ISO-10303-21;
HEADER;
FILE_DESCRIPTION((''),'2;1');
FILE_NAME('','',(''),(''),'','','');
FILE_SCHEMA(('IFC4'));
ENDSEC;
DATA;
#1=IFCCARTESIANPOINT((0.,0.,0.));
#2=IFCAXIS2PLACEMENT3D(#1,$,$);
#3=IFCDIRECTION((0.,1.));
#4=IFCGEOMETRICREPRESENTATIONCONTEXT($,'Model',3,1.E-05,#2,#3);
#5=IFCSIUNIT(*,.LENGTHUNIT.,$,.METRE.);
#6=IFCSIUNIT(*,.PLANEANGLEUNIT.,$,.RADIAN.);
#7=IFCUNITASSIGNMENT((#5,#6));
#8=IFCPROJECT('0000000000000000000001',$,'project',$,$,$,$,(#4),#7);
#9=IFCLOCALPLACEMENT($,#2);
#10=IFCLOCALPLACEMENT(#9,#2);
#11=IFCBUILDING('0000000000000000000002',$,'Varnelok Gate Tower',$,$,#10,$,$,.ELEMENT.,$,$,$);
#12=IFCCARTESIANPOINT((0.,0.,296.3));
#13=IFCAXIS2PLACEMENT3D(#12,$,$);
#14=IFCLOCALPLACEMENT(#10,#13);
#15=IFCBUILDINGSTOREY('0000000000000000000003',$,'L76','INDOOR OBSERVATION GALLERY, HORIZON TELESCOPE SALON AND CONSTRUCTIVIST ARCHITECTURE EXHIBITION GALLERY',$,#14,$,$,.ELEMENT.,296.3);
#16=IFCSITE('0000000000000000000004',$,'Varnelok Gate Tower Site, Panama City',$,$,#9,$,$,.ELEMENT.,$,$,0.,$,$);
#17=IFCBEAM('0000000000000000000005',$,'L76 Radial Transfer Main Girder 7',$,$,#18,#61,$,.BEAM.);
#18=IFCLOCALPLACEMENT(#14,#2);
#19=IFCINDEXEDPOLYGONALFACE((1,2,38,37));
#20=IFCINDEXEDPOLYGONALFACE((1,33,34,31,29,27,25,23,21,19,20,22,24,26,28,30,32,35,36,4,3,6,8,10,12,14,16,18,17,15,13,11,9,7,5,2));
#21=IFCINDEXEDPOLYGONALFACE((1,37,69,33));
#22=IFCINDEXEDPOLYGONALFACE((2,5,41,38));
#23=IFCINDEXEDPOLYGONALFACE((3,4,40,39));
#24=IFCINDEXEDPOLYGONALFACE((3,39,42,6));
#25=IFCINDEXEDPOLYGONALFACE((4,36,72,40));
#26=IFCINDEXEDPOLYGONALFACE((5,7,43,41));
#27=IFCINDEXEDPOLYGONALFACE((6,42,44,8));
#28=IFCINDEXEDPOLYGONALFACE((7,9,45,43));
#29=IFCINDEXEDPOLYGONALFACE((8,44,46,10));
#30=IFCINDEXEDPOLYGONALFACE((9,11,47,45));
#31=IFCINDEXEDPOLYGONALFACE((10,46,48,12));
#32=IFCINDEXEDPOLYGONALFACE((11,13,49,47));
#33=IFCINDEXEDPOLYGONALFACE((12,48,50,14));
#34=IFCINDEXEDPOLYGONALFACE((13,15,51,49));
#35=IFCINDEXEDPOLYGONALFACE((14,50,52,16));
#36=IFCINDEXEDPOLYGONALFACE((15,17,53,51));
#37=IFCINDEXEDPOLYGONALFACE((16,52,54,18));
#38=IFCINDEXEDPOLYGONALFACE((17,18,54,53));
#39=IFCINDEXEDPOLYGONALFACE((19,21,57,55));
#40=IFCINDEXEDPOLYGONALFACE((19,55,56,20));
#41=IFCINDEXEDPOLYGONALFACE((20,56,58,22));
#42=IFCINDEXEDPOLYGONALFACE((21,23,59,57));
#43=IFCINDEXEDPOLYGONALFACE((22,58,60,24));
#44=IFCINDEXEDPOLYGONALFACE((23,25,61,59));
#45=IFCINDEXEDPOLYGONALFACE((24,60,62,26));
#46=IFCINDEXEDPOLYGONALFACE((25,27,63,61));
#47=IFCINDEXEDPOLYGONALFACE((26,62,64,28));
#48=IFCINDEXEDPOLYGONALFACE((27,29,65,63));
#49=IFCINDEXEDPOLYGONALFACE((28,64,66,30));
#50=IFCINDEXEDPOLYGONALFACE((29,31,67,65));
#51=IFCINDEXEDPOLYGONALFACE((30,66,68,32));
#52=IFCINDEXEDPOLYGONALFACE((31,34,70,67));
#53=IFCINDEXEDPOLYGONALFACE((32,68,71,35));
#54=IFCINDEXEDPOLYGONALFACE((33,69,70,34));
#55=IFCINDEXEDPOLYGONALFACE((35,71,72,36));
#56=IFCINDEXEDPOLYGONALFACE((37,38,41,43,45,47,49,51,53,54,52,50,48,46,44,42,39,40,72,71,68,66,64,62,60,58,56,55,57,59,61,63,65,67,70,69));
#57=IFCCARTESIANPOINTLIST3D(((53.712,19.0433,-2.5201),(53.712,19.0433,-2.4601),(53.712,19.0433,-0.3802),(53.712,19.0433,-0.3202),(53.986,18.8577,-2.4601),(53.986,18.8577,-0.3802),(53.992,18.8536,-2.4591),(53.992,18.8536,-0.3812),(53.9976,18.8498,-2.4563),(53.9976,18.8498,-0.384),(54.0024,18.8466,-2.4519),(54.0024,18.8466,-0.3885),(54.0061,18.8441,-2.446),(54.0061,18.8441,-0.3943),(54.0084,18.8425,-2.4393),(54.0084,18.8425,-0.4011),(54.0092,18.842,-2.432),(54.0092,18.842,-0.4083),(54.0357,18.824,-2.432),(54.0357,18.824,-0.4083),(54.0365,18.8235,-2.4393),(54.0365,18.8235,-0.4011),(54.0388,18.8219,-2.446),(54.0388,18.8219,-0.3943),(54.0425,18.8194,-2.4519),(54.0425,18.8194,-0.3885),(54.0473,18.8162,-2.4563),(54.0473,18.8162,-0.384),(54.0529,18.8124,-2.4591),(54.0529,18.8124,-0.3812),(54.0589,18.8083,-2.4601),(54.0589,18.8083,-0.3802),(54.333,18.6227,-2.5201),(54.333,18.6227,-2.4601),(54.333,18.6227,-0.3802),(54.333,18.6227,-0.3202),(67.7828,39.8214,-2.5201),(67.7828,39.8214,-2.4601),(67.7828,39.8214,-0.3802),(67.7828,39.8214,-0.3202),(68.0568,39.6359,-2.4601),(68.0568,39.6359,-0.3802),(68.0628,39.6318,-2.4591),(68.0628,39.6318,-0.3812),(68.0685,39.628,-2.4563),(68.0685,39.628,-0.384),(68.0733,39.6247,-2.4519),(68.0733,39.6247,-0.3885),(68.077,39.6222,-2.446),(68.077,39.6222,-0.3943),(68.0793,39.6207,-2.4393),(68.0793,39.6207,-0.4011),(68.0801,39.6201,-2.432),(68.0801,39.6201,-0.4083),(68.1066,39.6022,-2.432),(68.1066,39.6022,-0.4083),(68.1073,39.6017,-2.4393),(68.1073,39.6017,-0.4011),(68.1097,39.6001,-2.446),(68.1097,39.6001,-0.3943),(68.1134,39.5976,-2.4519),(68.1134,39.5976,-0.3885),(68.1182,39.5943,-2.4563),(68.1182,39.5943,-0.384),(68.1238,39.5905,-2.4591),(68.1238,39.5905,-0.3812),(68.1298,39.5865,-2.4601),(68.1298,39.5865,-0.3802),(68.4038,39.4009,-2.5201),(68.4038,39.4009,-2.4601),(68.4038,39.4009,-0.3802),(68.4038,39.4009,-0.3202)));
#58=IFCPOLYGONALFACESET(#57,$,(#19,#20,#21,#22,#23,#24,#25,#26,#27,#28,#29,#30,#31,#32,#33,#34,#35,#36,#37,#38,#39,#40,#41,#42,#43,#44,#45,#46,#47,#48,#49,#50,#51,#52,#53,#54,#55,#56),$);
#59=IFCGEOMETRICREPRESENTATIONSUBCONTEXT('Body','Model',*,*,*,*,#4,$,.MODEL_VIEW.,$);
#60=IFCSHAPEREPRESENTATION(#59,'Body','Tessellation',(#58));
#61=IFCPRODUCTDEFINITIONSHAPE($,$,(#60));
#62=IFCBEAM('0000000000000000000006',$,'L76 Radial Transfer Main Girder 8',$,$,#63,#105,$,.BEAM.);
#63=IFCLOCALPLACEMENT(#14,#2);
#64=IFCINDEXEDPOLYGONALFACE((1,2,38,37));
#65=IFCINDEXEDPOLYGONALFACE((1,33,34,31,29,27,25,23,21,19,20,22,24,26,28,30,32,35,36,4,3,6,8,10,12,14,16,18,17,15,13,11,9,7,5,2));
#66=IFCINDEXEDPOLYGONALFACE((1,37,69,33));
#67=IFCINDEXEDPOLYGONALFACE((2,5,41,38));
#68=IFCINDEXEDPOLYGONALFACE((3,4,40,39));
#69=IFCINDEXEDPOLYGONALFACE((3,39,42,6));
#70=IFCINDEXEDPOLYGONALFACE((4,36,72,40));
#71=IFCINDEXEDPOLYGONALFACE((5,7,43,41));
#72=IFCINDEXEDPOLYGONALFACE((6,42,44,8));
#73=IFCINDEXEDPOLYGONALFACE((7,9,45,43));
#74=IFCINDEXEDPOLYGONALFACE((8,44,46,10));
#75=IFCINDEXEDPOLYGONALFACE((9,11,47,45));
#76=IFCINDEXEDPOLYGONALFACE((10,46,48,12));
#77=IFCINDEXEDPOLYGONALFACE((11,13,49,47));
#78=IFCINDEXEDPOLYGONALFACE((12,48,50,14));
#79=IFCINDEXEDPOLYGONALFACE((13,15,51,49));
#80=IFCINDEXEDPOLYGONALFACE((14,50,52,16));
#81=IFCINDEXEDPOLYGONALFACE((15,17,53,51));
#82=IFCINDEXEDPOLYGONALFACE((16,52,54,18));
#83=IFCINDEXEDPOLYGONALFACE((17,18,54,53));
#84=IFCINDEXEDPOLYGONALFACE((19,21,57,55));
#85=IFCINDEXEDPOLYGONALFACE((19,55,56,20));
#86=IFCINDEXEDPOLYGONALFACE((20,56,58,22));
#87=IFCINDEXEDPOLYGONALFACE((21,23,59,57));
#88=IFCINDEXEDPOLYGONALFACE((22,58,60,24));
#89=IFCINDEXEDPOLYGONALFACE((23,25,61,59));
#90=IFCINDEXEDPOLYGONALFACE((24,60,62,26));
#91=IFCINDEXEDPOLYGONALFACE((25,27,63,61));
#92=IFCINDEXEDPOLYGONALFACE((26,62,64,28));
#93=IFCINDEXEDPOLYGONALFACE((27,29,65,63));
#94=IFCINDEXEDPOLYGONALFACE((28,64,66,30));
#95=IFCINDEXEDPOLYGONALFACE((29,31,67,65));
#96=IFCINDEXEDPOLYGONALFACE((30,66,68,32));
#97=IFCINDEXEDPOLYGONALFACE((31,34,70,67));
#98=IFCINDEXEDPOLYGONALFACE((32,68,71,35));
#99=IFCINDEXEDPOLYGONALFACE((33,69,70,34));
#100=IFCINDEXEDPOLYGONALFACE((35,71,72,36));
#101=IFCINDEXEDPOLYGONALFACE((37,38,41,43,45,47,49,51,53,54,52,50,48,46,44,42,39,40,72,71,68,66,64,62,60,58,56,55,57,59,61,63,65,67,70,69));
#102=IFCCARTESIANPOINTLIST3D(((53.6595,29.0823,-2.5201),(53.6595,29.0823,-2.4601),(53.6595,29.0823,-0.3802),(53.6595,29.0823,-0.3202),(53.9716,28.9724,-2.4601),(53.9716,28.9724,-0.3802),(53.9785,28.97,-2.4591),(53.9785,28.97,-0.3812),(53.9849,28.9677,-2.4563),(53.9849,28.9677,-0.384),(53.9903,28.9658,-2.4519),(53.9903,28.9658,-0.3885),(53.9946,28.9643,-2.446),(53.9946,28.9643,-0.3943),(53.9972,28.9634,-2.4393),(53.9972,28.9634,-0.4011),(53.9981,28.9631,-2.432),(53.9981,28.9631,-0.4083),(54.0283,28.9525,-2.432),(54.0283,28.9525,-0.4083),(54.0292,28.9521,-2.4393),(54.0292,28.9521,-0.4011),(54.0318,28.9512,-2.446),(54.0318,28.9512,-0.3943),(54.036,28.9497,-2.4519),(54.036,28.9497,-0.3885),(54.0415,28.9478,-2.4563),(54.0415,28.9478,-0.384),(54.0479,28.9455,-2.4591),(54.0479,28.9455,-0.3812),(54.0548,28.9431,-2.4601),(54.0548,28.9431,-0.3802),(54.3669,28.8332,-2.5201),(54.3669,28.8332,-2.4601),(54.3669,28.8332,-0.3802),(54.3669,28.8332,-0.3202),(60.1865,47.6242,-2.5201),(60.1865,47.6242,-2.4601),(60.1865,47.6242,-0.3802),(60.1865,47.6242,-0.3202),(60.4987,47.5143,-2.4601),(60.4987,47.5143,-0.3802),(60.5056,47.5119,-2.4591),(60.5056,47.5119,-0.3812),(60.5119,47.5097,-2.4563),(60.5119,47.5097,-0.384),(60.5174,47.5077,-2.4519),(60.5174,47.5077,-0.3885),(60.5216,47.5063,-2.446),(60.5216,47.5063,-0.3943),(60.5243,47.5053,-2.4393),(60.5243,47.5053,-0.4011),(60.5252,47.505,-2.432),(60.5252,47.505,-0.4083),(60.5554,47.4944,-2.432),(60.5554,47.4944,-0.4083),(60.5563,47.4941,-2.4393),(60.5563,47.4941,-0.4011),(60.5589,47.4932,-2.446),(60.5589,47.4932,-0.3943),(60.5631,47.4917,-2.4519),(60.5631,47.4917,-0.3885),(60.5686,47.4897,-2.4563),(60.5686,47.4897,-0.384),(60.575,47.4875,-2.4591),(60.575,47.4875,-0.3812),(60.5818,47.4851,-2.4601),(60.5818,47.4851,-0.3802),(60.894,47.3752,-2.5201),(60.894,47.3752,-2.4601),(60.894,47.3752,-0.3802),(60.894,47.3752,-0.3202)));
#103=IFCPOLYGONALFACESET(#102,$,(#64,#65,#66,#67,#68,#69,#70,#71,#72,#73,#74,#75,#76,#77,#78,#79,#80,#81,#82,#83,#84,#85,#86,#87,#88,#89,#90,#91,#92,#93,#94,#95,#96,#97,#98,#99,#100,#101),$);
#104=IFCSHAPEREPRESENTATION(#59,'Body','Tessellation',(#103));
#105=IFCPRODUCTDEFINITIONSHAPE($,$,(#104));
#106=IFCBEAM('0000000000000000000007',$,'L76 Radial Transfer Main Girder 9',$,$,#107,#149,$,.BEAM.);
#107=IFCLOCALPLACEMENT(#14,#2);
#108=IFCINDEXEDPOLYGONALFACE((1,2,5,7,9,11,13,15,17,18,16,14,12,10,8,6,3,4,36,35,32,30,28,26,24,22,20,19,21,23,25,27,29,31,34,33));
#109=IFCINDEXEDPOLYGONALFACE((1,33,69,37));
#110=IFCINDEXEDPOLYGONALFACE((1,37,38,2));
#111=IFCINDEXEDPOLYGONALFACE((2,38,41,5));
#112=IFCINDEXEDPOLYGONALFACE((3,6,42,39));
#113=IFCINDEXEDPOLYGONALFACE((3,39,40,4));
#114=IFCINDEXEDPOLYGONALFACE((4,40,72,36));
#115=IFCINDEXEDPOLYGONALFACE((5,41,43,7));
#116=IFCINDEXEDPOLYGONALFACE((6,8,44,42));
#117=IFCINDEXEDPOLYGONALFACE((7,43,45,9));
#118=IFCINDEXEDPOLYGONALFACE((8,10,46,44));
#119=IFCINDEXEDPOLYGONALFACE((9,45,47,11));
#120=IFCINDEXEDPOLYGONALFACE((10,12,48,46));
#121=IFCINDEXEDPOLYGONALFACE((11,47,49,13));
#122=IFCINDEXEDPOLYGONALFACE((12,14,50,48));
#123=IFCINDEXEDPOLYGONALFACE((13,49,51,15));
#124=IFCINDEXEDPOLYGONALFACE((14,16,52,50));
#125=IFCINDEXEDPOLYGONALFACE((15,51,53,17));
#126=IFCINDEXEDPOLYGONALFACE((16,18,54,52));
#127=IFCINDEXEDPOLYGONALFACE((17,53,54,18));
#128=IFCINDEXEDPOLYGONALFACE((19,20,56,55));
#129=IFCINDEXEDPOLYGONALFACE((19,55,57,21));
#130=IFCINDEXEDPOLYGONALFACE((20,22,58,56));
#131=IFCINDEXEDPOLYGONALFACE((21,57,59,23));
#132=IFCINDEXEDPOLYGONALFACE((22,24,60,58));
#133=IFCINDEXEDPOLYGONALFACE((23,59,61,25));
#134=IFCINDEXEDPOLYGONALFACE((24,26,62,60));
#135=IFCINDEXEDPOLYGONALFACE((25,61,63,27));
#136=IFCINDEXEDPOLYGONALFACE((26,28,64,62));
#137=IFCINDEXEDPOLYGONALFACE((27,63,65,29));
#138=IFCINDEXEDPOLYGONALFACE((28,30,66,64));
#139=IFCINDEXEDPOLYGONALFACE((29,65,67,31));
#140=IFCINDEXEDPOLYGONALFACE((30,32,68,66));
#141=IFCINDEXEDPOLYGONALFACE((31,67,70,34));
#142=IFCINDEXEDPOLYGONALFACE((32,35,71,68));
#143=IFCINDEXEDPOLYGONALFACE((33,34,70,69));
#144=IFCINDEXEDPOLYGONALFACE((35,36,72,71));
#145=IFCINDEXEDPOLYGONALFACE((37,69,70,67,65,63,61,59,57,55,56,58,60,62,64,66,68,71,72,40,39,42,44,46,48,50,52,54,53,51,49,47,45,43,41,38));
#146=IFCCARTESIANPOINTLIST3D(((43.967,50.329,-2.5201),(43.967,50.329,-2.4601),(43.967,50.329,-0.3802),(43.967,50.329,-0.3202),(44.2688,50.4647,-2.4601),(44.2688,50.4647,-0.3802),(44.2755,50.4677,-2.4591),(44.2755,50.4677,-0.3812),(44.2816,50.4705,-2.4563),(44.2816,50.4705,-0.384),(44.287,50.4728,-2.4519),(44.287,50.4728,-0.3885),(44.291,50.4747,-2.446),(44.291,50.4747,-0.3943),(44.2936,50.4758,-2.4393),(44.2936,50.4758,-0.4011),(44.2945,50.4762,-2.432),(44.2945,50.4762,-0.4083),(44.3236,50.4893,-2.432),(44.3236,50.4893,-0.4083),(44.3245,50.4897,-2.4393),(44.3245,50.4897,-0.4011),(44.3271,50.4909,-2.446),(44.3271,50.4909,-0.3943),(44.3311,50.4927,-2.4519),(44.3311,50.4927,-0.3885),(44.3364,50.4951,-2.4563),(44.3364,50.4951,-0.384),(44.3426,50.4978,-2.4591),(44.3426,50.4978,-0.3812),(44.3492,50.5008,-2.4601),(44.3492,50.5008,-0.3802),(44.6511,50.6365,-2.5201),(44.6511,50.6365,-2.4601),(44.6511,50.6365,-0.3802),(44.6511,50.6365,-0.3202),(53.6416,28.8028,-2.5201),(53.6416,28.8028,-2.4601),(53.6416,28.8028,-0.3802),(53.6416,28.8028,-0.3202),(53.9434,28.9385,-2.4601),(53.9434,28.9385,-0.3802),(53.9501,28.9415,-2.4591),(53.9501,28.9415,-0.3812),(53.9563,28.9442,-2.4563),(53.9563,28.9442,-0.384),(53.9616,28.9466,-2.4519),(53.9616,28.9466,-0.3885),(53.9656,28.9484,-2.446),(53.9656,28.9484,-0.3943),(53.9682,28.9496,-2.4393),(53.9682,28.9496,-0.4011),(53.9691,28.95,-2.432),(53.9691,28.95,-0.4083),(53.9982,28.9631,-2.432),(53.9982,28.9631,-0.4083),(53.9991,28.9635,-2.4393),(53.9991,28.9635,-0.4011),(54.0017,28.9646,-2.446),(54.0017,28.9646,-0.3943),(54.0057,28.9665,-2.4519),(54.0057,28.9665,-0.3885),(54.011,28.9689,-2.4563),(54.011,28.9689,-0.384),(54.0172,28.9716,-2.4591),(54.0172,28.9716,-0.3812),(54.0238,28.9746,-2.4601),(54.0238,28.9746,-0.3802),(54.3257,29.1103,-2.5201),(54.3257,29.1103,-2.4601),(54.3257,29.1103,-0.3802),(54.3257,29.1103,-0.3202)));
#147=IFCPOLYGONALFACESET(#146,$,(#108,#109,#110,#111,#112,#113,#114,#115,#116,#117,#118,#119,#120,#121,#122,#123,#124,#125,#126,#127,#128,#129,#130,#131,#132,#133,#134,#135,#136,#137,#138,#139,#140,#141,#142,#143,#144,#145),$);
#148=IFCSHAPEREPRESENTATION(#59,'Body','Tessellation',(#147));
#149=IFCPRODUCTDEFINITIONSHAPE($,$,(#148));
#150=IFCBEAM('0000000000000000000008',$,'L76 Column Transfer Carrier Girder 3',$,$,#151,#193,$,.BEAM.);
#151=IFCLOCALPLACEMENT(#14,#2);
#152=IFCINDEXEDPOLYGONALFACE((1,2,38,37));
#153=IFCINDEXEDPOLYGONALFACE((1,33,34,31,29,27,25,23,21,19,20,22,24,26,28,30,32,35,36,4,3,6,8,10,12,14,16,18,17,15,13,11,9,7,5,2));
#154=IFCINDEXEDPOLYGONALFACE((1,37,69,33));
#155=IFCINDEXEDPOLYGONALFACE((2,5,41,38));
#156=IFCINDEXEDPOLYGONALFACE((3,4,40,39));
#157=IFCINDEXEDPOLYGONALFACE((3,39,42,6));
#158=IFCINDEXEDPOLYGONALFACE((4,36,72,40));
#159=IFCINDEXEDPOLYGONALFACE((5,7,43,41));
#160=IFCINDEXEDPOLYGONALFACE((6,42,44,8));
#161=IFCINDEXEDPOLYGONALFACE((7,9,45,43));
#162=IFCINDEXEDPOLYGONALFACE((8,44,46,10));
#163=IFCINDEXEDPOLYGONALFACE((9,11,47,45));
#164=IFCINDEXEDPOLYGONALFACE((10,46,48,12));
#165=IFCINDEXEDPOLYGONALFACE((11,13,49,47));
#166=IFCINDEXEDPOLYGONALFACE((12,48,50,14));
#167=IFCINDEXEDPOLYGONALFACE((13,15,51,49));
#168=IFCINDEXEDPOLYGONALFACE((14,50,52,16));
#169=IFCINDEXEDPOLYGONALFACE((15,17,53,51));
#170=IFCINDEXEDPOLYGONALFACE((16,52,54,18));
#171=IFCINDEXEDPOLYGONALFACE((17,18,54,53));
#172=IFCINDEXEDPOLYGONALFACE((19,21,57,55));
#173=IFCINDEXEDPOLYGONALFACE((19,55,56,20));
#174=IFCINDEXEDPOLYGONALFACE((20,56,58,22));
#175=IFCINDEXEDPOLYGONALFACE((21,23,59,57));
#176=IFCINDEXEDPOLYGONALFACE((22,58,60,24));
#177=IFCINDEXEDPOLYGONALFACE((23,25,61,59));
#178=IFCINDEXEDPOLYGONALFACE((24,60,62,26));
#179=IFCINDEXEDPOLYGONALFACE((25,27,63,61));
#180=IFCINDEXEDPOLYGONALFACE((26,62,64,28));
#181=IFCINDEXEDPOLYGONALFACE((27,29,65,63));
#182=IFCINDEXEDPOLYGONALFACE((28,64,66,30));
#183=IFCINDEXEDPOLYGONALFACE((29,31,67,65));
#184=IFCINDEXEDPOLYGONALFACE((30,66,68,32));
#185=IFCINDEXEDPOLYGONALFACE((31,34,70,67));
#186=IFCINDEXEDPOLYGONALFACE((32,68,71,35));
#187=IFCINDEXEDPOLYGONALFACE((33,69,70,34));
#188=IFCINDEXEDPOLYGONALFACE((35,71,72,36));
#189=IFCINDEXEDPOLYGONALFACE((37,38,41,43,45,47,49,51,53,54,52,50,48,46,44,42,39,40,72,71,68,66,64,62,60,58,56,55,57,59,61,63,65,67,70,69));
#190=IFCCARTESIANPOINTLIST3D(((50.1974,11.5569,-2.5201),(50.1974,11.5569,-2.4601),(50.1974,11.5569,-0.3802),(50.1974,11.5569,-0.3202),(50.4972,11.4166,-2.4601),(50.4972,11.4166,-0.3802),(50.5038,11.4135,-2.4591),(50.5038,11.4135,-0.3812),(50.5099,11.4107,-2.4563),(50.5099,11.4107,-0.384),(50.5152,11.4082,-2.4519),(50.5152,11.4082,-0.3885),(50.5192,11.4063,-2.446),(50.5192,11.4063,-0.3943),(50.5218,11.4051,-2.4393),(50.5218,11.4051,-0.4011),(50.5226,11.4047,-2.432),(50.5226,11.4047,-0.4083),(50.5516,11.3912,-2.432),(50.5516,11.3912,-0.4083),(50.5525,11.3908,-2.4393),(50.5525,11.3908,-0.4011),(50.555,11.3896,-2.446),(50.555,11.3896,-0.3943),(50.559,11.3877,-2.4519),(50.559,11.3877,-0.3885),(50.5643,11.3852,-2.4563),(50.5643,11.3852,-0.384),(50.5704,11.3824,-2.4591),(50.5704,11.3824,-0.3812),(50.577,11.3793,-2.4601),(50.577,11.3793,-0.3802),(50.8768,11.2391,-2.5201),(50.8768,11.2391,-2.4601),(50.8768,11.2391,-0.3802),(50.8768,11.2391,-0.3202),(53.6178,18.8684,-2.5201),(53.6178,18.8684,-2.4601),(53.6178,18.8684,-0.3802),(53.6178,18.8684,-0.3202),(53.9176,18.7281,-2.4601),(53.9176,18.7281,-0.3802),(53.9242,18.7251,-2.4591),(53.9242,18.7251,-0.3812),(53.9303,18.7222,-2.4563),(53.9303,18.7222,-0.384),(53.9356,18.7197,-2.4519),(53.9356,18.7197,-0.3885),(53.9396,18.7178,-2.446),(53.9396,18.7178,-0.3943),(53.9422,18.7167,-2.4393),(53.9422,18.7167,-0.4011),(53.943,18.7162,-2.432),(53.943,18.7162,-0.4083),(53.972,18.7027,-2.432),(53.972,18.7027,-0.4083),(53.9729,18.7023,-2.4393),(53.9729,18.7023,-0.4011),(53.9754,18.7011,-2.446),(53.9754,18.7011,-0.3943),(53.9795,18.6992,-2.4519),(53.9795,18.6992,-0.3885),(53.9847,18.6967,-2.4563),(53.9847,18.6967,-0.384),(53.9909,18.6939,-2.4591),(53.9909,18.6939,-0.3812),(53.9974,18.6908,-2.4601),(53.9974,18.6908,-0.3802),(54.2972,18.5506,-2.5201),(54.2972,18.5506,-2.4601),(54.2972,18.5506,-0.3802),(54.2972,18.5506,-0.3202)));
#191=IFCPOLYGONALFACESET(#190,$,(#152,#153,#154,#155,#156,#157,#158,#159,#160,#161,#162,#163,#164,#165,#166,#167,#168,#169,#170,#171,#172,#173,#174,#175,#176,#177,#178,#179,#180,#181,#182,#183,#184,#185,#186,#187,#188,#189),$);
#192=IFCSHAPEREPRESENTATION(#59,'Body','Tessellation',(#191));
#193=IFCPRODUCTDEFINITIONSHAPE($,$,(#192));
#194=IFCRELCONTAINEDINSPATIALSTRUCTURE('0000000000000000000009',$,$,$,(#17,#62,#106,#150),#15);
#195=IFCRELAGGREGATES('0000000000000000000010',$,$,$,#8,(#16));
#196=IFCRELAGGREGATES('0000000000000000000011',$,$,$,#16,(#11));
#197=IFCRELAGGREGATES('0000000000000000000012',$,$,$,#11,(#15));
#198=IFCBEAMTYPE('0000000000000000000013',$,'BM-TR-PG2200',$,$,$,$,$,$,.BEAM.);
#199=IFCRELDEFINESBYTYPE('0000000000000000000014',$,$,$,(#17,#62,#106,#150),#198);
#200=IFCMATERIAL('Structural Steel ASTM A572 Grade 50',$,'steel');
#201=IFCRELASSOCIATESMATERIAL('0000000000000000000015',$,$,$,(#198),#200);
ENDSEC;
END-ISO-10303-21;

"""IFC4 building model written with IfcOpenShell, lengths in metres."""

from ifc_helpers import new_model, si_unit, direction, frame, origin, origin_2d, place, context, subcontext, project, spatial, i_section, extrude, material, material_profile, profile_set, type_object, element, save


model = new_model("IFC4")

# Units and contexts
model_context = context("Model", 3, precision=1e-05, world=origin(), true_north=direction((0.0, 1.0)))
body_context = subcontext(model_context, "Body", "Model", "MODEL_VIEW")
ifc_project = project(units=[si_unit("LENGTHUNIT", "METRE"), si_unit("PLANEANGLEUNIT", "RADIAN")], contexts=[model_context])

# Site, building, storey
site_placement = place(None, origin())
site = spatial("IfcSite", under=ifc_project, at=site_placement, Name="Varnelok Gate Tower Site, Panama City", CompositionType="ELEMENT", RefElevation=0.0)
building_placement = place(site_placement, origin())
building = spatial("IfcBuilding", under=site, at=building_placement, Name="Varnelok Gate Tower", CompositionType="ELEMENT")
storey_placement = place(building_placement, frame((0.0, 0.0, 296.3)))
storey = spatial("IfcBuildingStorey", under=building, at=storey_placement, Name="L76", Description="INDOOR OBSERVATION GALLERY, HORIZON TELESCOPE SALON AND CONSTRUCTIVIST ARCHITECTURE EXHIBITION GALLERY", CompositionType="ELEMENT", Elevation=296.3)

# Beams
ifc_material_1 = material(Name="Structural Steel ASTM A572 Grade 50", Category="steel")
ifc_material_profile_1 = material_profile(ifc_material_1, i_section(OverallWidth=0.75, OverallDepth=2.2, WebThickness=0.032, FlangeThickness=0.0601, FilletRadius=0.0281, at=origin_2d()), Name="PG2200X750")
ifc_profile_set_1 = profile_set([ifc_material_profile_1], Name="Structural Steel ASTM A572 Grade 50")
beam_type = type_object("IfcBeamType", Name="BM-TR-PG2200", PredefinedType="BEAM", material=ifc_profile_set_1)
beam_1_placement = place(storey_placement, frame((54.0225, 18.833, -1.4202), z_axis=(0.560721, 0.828005, 0.0), x_axis=(-0.828005, 0.560721, 0.0)))
element("IfcBeam", 1, at=beam_1_placement, inside=storey, type_object=beam_type, Name="L76 Radial Transfer Main Girder 7", PredefinedType="BEAM", context=body_context, shape_type="SweptSolid", body=[
    extrude(i_section(OverallWidth=0.75, OverallDepth=2.2, WebThickness=0.032, FlangeThickness=0.0601, FilletRadius=0.0281, at=origin_2d()), origin(), (0.0, 0.0, 1.0), 25.0942),
])
beam_2_placement = place(storey_placement, frame((54.0132, 28.9578, -1.4202), z_axis=(0.332045, 0.943264, 0.0), x_axis=(-0.943264, 0.332045, 0.0)))
element("IfcBeam", 2, at=beam_2_placement, inside=storey, type_object=beam_type, Name="L76 Radial Transfer Main Girder 8", PredefinedType="BEAM", context=body_context, shape_type="SweptSolid", body=[
    extrude(i_section(OverallWidth=0.75, OverallDepth=2.2, WebThickness=0.032, FlangeThickness=0.0601, FilletRadius=0.0281, at=origin_2d()), origin(), (0.0, 0.0, 1.0), 19.6572),
])
beam_3_placement = place(storey_placement, frame((53.9836, 28.9565, -1.4202), z_axis=(-0.409935, 0.912115, 0.0), x_axis=(-0.912115, -0.409935, 0.0)))
element("IfcBeam", 3, at=beam_3_placement, inside=storey, type_object=beam_type, Name="L76 Radial Transfer Main Girder 9", PredefinedType="BEAM", context=body_context, shape_type="SweptSolid", body=[
    extrude(i_section(OverallWidth=0.75, OverallDepth=2.2, WebThickness=0.032, FlangeThickness=0.0601, FilletRadius=0.0281, at=origin_2d()), origin(), (0.0, 0.0, 1.0), 23.6003),
])
beam_4_placement = place(storey_placement, frame((53.9575, 18.7095, -1.4202), z_axis=(-0.423736, -0.905786, 0.0), x_axis=(0.905786, -0.423736, 0.0)))
element("IfcBeam", 4, at=beam_4_placement, inside=storey, type_object=beam_type, Name="L76 Column Transfer Carrier Girder 3", PredefinedType="BEAM", context=body_context, shape_type="SweptSolid", body=[
    extrude(i_section(OverallWidth=0.75, OverallDepth=2.2, WebThickness=0.032, FlangeThickness=0.0601, FilletRadius=0.0281, at=origin_2d()), origin(), (0.0, 0.0, 1.0), 8.072),
])

save(model, "model.ifc")
